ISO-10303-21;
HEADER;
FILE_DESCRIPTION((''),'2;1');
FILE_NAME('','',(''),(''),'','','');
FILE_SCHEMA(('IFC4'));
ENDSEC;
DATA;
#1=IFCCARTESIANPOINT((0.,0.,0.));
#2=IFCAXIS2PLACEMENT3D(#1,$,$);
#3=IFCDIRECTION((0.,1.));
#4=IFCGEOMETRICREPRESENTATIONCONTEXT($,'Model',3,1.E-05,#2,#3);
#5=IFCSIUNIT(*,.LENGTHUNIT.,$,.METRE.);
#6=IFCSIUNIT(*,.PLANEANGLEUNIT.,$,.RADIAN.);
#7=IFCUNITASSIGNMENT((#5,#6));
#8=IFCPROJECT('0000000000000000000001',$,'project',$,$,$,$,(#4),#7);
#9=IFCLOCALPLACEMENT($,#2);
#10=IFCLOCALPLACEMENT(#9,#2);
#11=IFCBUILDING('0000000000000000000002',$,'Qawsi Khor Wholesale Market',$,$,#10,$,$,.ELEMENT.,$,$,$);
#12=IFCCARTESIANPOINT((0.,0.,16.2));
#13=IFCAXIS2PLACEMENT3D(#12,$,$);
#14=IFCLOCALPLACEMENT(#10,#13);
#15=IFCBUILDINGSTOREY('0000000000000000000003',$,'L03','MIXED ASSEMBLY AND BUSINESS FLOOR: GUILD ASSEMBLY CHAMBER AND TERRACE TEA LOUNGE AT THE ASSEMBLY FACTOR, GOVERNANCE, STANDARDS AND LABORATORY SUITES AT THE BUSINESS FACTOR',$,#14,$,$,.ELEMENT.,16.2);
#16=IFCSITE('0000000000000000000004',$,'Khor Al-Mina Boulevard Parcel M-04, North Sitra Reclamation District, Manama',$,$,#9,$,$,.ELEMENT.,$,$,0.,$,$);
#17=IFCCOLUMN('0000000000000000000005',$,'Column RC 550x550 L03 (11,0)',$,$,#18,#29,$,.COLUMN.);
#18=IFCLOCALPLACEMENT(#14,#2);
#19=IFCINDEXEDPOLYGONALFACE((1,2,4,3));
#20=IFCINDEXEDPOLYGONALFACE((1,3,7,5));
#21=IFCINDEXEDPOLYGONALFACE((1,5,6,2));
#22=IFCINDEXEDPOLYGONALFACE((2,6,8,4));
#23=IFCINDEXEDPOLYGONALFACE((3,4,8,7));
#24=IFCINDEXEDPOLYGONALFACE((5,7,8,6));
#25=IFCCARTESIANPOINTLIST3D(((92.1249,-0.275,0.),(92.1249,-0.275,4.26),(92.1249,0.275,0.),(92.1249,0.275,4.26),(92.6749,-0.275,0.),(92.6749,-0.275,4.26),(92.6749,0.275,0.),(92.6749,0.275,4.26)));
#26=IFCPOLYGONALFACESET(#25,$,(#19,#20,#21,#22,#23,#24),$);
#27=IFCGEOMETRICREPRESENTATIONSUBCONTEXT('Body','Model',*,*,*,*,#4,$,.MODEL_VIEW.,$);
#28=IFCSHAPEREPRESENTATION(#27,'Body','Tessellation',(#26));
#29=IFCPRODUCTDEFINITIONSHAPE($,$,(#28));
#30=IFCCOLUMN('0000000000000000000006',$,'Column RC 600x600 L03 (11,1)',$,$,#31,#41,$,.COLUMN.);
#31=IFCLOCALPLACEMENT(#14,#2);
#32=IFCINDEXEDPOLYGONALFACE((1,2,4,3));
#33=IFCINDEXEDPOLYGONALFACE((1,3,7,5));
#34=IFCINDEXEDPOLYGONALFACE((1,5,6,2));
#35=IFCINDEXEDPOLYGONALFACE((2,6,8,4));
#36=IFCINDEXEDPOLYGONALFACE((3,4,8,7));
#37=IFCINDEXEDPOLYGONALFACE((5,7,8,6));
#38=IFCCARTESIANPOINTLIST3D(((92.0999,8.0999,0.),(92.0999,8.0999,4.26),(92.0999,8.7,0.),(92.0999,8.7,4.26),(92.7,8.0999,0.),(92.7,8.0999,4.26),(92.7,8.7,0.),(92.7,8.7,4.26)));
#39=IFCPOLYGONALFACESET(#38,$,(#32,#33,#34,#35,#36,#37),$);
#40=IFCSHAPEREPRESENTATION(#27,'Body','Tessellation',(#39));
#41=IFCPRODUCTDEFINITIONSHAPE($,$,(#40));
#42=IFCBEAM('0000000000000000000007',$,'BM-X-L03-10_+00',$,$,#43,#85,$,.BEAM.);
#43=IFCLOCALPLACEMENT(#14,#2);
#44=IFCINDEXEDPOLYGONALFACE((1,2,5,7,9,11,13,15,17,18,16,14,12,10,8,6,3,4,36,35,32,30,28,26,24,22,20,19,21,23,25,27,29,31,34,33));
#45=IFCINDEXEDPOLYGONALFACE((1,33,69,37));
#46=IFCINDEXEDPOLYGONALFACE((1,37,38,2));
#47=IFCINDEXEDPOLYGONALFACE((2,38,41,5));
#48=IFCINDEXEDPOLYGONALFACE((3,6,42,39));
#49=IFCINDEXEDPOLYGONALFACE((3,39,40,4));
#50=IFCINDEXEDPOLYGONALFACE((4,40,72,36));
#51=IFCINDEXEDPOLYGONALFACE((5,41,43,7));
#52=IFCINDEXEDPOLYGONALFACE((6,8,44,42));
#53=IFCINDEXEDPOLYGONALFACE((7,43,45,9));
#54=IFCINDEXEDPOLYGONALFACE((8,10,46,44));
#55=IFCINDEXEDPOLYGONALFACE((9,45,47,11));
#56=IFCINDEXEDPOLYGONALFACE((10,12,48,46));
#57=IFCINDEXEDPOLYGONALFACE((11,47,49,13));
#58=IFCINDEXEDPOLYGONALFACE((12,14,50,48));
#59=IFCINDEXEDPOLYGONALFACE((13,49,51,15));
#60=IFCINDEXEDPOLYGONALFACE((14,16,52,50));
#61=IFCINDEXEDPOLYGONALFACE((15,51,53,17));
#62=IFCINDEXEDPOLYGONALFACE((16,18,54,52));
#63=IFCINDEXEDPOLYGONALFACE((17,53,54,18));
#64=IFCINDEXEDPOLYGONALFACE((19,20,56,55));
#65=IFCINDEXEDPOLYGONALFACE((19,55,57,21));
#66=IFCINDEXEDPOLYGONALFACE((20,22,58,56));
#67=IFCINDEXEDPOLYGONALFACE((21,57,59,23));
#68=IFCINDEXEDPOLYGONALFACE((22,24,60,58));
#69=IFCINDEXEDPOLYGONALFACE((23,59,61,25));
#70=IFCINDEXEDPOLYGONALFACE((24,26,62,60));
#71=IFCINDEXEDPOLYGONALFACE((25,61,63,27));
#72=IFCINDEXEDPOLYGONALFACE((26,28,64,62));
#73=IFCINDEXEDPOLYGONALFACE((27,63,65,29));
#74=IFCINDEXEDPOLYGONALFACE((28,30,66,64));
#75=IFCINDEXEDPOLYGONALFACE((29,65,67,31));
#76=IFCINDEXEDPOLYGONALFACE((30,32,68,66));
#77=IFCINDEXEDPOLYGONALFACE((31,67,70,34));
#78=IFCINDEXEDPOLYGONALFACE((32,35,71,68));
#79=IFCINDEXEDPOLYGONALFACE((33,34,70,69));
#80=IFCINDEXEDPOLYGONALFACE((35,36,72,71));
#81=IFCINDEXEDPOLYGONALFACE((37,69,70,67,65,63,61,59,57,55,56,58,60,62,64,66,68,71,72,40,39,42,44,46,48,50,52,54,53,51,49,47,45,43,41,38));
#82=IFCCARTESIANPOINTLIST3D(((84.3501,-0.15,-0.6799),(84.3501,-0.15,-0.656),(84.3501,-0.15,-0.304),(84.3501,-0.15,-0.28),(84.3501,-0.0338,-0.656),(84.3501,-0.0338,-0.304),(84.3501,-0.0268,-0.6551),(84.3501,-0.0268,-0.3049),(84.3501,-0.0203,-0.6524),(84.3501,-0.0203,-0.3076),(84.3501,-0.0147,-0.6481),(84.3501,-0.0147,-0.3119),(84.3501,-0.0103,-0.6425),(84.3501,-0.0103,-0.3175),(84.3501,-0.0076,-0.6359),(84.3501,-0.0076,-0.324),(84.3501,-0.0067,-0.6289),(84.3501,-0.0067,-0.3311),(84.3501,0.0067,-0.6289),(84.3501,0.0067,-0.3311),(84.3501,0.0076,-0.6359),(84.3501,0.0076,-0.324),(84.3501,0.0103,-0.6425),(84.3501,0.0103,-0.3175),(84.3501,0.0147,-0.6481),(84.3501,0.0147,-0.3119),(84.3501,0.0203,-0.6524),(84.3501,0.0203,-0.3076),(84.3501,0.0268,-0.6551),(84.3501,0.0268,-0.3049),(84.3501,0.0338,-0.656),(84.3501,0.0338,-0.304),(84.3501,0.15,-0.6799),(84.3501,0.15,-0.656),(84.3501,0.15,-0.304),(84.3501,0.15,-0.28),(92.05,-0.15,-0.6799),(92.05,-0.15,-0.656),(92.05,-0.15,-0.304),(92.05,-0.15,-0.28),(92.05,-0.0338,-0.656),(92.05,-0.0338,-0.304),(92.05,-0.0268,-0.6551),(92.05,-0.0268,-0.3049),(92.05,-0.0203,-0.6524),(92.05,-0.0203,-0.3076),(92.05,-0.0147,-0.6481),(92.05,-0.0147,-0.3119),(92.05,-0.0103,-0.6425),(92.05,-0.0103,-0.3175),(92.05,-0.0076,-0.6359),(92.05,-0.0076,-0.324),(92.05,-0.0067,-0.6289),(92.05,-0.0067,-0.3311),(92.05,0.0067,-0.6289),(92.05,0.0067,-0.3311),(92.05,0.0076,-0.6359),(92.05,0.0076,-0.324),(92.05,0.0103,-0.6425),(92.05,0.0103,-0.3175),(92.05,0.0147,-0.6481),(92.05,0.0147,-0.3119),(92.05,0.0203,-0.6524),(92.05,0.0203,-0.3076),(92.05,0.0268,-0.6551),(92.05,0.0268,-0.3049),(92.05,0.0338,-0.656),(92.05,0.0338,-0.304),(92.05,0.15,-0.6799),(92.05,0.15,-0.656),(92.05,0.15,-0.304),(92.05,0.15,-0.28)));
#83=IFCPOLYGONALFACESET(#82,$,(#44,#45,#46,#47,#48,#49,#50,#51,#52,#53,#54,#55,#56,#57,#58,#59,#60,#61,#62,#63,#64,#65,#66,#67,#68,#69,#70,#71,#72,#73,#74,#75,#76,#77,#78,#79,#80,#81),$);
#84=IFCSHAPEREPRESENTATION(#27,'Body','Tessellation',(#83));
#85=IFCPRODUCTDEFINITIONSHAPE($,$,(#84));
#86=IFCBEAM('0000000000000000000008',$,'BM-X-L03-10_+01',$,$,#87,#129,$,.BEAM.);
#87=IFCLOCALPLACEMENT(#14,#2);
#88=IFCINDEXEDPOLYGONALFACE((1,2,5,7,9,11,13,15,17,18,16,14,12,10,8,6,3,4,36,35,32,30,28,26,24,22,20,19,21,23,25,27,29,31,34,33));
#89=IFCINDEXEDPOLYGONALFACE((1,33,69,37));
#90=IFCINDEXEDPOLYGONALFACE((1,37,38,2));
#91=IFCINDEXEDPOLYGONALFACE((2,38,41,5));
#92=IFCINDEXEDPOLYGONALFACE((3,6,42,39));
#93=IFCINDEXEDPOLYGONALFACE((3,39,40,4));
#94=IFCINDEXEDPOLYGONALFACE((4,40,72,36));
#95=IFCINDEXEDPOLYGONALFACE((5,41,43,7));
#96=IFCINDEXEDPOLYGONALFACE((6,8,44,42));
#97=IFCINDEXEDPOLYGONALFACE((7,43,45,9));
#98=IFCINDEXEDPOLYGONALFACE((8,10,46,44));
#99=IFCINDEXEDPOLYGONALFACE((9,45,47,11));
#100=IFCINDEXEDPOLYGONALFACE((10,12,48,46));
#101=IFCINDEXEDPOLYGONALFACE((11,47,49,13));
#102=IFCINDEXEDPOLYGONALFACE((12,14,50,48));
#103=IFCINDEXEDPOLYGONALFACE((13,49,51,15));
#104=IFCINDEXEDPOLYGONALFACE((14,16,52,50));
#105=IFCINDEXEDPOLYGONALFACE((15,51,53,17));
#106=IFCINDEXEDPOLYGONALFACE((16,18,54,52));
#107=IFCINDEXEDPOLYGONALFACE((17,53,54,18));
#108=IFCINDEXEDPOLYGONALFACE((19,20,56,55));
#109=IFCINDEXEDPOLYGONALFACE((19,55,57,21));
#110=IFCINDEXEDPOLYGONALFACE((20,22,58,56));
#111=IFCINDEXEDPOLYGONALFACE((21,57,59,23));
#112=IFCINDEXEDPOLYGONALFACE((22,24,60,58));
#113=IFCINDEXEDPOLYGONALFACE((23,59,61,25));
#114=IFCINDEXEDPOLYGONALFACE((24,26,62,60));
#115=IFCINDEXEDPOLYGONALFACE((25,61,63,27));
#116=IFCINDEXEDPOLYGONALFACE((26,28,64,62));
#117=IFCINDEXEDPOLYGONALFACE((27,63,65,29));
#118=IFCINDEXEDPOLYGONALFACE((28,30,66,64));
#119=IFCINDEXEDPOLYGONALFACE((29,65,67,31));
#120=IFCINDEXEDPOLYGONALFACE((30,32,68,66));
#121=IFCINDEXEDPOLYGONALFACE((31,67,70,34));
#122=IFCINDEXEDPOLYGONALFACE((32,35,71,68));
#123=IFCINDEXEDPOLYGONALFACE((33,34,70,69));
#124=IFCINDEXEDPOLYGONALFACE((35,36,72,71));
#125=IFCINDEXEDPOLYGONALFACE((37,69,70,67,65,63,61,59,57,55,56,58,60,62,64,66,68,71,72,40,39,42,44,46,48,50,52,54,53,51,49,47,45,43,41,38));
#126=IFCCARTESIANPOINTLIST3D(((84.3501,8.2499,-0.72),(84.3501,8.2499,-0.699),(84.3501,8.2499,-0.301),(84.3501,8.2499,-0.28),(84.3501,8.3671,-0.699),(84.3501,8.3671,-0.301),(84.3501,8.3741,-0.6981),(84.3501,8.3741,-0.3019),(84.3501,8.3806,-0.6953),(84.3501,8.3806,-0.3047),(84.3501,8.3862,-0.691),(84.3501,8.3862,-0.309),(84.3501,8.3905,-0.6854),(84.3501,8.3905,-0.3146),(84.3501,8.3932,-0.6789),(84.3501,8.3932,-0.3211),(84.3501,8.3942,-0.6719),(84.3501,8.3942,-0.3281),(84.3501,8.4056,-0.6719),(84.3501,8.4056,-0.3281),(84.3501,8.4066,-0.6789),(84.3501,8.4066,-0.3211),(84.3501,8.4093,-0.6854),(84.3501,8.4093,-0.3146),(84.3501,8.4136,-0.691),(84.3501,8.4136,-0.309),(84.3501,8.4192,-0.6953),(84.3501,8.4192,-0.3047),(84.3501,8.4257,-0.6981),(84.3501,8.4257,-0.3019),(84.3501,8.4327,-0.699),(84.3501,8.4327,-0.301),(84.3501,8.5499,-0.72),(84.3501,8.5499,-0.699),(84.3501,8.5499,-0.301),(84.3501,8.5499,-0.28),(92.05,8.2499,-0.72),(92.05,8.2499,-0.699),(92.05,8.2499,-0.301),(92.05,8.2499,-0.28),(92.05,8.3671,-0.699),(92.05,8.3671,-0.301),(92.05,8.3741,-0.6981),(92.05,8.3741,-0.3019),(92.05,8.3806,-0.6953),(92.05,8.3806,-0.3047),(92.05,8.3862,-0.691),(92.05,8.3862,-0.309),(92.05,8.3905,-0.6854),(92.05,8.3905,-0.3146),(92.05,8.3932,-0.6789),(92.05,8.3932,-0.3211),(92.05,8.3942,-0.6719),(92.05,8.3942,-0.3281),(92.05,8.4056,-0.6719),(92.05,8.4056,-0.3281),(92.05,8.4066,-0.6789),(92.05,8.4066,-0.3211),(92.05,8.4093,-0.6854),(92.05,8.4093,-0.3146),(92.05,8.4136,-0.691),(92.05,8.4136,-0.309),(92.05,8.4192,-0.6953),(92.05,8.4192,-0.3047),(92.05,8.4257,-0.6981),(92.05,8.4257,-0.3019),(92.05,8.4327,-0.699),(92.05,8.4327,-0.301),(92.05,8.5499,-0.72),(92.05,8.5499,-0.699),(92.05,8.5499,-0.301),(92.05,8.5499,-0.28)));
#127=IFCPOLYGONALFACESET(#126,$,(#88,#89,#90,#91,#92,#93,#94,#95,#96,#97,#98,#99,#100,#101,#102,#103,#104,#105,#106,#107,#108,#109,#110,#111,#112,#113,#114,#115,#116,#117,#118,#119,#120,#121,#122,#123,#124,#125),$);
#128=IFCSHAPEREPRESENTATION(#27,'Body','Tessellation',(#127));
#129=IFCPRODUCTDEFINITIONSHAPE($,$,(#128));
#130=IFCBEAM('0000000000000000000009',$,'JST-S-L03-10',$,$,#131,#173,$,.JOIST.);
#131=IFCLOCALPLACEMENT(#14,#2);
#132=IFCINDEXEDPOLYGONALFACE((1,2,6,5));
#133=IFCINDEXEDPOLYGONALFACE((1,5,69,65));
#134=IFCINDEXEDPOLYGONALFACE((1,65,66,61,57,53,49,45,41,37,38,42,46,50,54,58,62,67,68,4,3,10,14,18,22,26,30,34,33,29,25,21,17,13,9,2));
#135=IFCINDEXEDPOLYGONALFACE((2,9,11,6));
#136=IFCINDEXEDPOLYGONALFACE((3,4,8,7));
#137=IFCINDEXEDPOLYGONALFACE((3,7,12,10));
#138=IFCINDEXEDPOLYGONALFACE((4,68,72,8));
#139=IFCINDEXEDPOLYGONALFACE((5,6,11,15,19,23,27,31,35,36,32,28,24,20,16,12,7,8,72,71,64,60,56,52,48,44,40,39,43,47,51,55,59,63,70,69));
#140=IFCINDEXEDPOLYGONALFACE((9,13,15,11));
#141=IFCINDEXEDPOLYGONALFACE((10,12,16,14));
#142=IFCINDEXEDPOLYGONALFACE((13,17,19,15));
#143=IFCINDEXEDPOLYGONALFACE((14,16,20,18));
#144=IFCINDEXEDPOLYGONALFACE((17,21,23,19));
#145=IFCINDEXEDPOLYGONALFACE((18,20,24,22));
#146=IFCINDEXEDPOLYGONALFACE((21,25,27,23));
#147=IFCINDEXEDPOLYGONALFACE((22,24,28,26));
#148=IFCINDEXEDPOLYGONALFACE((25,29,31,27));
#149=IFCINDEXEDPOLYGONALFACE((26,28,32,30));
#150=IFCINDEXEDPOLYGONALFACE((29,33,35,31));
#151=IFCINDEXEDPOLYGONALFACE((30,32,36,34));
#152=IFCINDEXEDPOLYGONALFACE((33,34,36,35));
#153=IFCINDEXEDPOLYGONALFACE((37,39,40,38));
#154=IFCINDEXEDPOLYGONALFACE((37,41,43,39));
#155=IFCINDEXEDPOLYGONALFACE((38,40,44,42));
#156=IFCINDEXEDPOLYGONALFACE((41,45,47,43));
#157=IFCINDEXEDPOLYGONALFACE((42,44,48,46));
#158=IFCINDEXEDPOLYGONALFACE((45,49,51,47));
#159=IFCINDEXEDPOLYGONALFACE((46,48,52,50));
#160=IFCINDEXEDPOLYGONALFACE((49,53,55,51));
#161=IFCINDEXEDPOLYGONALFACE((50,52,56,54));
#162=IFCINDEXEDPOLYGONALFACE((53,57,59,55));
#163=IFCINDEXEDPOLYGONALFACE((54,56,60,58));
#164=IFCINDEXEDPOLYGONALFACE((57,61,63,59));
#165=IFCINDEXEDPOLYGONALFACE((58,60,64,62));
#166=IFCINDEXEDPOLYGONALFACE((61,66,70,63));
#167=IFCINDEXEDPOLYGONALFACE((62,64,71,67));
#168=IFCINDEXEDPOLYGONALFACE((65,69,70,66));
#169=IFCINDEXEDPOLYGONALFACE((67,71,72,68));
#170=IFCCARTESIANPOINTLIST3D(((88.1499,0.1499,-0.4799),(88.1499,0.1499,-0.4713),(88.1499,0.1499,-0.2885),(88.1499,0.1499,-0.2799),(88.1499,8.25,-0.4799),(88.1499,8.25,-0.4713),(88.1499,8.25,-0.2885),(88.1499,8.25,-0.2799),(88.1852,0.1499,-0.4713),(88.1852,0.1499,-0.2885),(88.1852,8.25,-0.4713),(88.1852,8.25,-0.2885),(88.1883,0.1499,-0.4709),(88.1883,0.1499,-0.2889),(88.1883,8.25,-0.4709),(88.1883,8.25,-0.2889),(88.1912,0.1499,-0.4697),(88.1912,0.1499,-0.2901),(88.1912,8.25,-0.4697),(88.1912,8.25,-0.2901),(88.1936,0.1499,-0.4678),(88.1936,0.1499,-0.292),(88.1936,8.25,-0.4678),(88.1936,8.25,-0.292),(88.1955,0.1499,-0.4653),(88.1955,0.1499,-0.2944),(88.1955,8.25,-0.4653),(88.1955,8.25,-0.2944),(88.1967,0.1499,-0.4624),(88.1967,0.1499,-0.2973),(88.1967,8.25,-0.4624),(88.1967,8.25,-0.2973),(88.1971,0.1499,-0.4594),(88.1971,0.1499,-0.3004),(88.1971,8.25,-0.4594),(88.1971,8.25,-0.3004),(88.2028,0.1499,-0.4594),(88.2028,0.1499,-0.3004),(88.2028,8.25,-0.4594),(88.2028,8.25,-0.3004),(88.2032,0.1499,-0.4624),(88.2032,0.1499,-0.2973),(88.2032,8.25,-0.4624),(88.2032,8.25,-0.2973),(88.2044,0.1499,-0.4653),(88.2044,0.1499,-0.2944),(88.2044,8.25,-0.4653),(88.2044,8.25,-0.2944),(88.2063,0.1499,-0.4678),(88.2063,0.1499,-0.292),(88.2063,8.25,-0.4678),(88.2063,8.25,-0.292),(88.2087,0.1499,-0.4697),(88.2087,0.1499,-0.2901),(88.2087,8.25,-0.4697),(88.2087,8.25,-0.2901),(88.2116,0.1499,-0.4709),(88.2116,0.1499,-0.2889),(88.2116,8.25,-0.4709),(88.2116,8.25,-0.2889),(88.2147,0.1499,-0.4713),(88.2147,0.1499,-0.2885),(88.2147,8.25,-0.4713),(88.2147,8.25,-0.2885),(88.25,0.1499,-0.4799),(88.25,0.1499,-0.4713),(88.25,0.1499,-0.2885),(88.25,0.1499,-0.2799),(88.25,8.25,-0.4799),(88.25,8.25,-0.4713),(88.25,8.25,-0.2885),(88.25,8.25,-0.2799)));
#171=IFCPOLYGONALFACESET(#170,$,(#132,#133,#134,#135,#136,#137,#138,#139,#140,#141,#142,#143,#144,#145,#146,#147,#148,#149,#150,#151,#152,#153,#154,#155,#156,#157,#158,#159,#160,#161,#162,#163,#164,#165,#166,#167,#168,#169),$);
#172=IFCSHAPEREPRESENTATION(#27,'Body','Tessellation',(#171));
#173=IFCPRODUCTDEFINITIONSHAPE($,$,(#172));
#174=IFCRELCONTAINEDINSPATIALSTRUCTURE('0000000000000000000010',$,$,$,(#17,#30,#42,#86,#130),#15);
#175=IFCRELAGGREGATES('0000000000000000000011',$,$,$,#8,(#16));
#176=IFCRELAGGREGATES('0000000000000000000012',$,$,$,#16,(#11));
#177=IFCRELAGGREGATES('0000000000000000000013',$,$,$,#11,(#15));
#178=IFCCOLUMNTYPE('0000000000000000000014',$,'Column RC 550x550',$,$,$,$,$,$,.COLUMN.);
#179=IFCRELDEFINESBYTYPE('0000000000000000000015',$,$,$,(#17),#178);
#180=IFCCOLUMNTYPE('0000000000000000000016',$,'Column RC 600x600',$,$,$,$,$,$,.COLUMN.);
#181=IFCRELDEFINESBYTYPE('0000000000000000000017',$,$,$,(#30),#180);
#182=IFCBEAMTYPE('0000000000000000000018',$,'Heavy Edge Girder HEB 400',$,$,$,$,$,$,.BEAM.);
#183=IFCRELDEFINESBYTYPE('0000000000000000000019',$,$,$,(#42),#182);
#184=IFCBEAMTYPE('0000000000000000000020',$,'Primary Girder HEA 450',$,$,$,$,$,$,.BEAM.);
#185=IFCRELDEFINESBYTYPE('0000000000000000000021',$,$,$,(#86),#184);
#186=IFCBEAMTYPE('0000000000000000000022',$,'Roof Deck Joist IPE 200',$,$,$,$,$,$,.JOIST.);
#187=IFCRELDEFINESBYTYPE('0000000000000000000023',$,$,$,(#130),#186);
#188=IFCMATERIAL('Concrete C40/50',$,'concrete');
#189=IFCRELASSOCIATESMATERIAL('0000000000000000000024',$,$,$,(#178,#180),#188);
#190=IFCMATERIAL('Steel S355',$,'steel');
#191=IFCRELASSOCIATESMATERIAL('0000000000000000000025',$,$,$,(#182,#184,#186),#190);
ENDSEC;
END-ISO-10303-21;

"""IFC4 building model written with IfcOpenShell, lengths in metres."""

from ifc_helpers import new_model, si_unit, direction, frame, origin, origin_2d, place, context, subcontext, project, spatial, rectangle, i_section, extrude, material, material_profile, profile_set, type_object, element, save


model = new_model("IFC4")

# Units and contexts
model_context = context("Model", 3, precision=1e-05, world=origin(), true_north=direction((0.0, 1.0)))
body_context = subcontext(model_context, "Body", "Model", "MODEL_VIEW")
ifc_project = project(units=[si_unit("LENGTHUNIT", "METRE"), si_unit("PLANEANGLEUNIT", "RADIAN")], contexts=[model_context])

# Site, building, storey
site_placement = place(None, origin())
site = spatial("IfcSite", under=ifc_project, at=site_placement, Name="Khor Al-Mina Boulevard Parcel M-04, North Sitra Reclamation District, Manama", CompositionType="ELEMENT", RefElevation=0.0)
building_placement = place(site_placement, origin())
building = spatial("IfcBuilding", under=site, at=building_placement, Name="Qawsi Khor Wholesale Market", CompositionType="ELEMENT")
storey_placement = place(building_placement, frame((0.0, 0.0, 16.2)))
storey = spatial("IfcBuildingStorey", under=building, at=storey_placement, Name="L03", Description="MIXED ASSEMBLY AND BUSINESS FLOOR: GUILD ASSEMBLY CHAMBER AND TERRACE TEA LOUNGE AT THE ASSEMBLY FACTOR, GOVERNANCE, STANDARDS AND LABORATORY SUITES AT THE BUSINESS FACTOR", CompositionType="ELEMENT", Elevation=16.2)

# Columns
ifc_material_1 = material(Name="Concrete C40/50", Category="concrete")
ifc_material_profile_1 = material_profile(ifc_material_1, rectangle(XDim=0.55, YDim=0.55, at=origin_2d()), Name="RC 550x550")
ifc_profile_set_1 = profile_set([ifc_material_profile_1], Name="Concrete C40/50")
column_type_1 = type_object("IfcColumnType", Name="Column RC 550x550", PredefinedType="COLUMN", material=ifc_profile_set_1)
column_1_placement = place(storey_placement, frame((92.3999, 0.0, 0.0), z_axis=(0.0, 0.0, 1.0), x_axis=(1.0, 0.0, 0.0)))
element("IfcColumn", 1, at=column_1_placement, inside=storey, type_object=column_type_1, Name="Column RC 550x550 L03 (11,0)", PredefinedType="COLUMN", context=body_context, shape_type="SweptSolid", body=[
    extrude(rectangle(XDim=0.55, YDim=0.55, at=origin_2d()), origin(), (0.0, 0.0, 1.0), 4.26),
])
ifc_material_profile_2 = material_profile(ifc_material_1, rectangle(XDim=0.6001, YDim=0.6001, at=origin_2d()), Name="RC 600x600")
ifc_profile_set_2 = profile_set([ifc_material_profile_2], Name="Concrete C40/50")
column_type_2 = type_object("IfcColumnType", Name="Column RC 600x600", PredefinedType="COLUMN", material=ifc_profile_set_2)
column_2_placement = place(storey_placement, frame((92.3999, 8.3999, 0.0), z_axis=(0.0, 0.0, 1.0), x_axis=(1.0, 0.0, 0.0)))
element("IfcColumn", 2, at=column_2_placement, inside=storey, type_object=column_type_2, Name="Column RC 600x600 L03 (11,1)", PredefinedType="COLUMN", context=body_context, shape_type="SweptSolid", body=[
    extrude(rectangle(XDim=0.6001, YDim=0.6001, at=origin_2d()), origin(), (0.0, 0.0, 1.0), 4.26),
])

# Beams
ifc_material_2 = material(Name="Steel S355", Category="steel")
ifc_material_profile_3 = material_profile(ifc_material_2, i_section(OverallWidth=0.3, OverallDepth=0.3999, WebThickness=0.0134, FlangeThickness=0.0239, FilletRadius=0.0271, at=origin_2d()), Name="HEB 400")
ifc_profile_set_3 = profile_set([ifc_material_profile_3], Name="Steel S355")
beam_type_1 = type_object("IfcBeamType", Name="Heavy Edge Girder HEB 400", PredefinedType="BEAM", material=ifc_profile_set_3)
beam_1_placement = place(storey_placement, frame((84.3501, 0.0, -0.48), z_axis=(1.0, 0.0, 0.0), x_axis=(0.0, 1.0, 0.0)))
element("IfcBeam", 3, at=beam_1_placement, inside=storey, type_object=beam_type_1, Name="BM-X-L03-10_+00", PredefinedType="BEAM", context=body_context, shape_type="SweptSolid", body=[
    extrude(i_section(OverallWidth=0.3, OverallDepth=0.3999, WebThickness=0.0134, FlangeThickness=0.0239, FilletRadius=0.0271, at=origin_2d()), origin(), (0.0, 0.0, 1.0), 7.7),
])
ifc_material_profile_4 = material_profile(ifc_material_2, i_section(OverallWidth=0.3, OverallDepth=0.4399, WebThickness=0.0115, FlangeThickness=0.021, FilletRadius=0.0271, at=origin_2d()), Name="HEA 450")
ifc_profile_set_4 = profile_set([ifc_material_profile_4], Name="Steel S355")
beam_type_2 = type_object("IfcBeamType", Name="Primary Girder HEA 450", PredefinedType="BEAM", material=ifc_profile_set_4)
beam_2_placement = place(storey_placement, frame((84.3501, 8.3999, -0.5), z_axis=(1.0, 0.0, 0.0), x_axis=(0.0, 1.0, 0.0)))
element("IfcBeam", 4, at=beam_2_placement, inside=storey, type_object=beam_type_2, Name="BM-X-L03-10_+01", PredefinedType="BEAM", context=body_context, shape_type="SweptSolid", body=[
    extrude(i_section(OverallWidth=0.3, OverallDepth=0.4399, WebThickness=0.0115, FlangeThickness=0.021, FilletRadius=0.0271, at=origin_2d()), origin(), (0.0, 0.0, 1.0), 7.7),
])
ifc_material_profile_5 = material_profile(ifc_material_2, i_section(OverallWidth=0.1001, OverallDepth=0.2, WebThickness=0.0056, FlangeThickness=0.0085, FilletRadius=0.012, at=origin_2d()), Name="IPE 200")
ifc_profile_set_5 = profile_set([ifc_material_profile_5], Name="Steel S355")
beam_type_3 = type_object("IfcBeamType", Name="Roof Deck Joist IPE 200", PredefinedType="JOIST", material=ifc_profile_set_5)
beam_3_placement = place(storey_placement, frame((88.2, 0.1499, -0.3799), z_axis=(0.0, 1.0, 0.0), x_axis=(-1.0, 0.0, 0.0)))
element("IfcBeam", 5, at=beam_3_placement, inside=storey, type_object=beam_type_3, Name="JST-S-L03-10", PredefinedType="JOIST", context=body_context, shape_type="SweptSolid", body=[
    extrude(i_section(OverallWidth=0.1001, OverallDepth=0.2, WebThickness=0.0056, FlangeThickness=0.0085, FilletRadius=0.012, at=origin_2d()), origin(), (0.0, 0.0, 1.0), 8.1001),
])

save(model, "model.ifc")
